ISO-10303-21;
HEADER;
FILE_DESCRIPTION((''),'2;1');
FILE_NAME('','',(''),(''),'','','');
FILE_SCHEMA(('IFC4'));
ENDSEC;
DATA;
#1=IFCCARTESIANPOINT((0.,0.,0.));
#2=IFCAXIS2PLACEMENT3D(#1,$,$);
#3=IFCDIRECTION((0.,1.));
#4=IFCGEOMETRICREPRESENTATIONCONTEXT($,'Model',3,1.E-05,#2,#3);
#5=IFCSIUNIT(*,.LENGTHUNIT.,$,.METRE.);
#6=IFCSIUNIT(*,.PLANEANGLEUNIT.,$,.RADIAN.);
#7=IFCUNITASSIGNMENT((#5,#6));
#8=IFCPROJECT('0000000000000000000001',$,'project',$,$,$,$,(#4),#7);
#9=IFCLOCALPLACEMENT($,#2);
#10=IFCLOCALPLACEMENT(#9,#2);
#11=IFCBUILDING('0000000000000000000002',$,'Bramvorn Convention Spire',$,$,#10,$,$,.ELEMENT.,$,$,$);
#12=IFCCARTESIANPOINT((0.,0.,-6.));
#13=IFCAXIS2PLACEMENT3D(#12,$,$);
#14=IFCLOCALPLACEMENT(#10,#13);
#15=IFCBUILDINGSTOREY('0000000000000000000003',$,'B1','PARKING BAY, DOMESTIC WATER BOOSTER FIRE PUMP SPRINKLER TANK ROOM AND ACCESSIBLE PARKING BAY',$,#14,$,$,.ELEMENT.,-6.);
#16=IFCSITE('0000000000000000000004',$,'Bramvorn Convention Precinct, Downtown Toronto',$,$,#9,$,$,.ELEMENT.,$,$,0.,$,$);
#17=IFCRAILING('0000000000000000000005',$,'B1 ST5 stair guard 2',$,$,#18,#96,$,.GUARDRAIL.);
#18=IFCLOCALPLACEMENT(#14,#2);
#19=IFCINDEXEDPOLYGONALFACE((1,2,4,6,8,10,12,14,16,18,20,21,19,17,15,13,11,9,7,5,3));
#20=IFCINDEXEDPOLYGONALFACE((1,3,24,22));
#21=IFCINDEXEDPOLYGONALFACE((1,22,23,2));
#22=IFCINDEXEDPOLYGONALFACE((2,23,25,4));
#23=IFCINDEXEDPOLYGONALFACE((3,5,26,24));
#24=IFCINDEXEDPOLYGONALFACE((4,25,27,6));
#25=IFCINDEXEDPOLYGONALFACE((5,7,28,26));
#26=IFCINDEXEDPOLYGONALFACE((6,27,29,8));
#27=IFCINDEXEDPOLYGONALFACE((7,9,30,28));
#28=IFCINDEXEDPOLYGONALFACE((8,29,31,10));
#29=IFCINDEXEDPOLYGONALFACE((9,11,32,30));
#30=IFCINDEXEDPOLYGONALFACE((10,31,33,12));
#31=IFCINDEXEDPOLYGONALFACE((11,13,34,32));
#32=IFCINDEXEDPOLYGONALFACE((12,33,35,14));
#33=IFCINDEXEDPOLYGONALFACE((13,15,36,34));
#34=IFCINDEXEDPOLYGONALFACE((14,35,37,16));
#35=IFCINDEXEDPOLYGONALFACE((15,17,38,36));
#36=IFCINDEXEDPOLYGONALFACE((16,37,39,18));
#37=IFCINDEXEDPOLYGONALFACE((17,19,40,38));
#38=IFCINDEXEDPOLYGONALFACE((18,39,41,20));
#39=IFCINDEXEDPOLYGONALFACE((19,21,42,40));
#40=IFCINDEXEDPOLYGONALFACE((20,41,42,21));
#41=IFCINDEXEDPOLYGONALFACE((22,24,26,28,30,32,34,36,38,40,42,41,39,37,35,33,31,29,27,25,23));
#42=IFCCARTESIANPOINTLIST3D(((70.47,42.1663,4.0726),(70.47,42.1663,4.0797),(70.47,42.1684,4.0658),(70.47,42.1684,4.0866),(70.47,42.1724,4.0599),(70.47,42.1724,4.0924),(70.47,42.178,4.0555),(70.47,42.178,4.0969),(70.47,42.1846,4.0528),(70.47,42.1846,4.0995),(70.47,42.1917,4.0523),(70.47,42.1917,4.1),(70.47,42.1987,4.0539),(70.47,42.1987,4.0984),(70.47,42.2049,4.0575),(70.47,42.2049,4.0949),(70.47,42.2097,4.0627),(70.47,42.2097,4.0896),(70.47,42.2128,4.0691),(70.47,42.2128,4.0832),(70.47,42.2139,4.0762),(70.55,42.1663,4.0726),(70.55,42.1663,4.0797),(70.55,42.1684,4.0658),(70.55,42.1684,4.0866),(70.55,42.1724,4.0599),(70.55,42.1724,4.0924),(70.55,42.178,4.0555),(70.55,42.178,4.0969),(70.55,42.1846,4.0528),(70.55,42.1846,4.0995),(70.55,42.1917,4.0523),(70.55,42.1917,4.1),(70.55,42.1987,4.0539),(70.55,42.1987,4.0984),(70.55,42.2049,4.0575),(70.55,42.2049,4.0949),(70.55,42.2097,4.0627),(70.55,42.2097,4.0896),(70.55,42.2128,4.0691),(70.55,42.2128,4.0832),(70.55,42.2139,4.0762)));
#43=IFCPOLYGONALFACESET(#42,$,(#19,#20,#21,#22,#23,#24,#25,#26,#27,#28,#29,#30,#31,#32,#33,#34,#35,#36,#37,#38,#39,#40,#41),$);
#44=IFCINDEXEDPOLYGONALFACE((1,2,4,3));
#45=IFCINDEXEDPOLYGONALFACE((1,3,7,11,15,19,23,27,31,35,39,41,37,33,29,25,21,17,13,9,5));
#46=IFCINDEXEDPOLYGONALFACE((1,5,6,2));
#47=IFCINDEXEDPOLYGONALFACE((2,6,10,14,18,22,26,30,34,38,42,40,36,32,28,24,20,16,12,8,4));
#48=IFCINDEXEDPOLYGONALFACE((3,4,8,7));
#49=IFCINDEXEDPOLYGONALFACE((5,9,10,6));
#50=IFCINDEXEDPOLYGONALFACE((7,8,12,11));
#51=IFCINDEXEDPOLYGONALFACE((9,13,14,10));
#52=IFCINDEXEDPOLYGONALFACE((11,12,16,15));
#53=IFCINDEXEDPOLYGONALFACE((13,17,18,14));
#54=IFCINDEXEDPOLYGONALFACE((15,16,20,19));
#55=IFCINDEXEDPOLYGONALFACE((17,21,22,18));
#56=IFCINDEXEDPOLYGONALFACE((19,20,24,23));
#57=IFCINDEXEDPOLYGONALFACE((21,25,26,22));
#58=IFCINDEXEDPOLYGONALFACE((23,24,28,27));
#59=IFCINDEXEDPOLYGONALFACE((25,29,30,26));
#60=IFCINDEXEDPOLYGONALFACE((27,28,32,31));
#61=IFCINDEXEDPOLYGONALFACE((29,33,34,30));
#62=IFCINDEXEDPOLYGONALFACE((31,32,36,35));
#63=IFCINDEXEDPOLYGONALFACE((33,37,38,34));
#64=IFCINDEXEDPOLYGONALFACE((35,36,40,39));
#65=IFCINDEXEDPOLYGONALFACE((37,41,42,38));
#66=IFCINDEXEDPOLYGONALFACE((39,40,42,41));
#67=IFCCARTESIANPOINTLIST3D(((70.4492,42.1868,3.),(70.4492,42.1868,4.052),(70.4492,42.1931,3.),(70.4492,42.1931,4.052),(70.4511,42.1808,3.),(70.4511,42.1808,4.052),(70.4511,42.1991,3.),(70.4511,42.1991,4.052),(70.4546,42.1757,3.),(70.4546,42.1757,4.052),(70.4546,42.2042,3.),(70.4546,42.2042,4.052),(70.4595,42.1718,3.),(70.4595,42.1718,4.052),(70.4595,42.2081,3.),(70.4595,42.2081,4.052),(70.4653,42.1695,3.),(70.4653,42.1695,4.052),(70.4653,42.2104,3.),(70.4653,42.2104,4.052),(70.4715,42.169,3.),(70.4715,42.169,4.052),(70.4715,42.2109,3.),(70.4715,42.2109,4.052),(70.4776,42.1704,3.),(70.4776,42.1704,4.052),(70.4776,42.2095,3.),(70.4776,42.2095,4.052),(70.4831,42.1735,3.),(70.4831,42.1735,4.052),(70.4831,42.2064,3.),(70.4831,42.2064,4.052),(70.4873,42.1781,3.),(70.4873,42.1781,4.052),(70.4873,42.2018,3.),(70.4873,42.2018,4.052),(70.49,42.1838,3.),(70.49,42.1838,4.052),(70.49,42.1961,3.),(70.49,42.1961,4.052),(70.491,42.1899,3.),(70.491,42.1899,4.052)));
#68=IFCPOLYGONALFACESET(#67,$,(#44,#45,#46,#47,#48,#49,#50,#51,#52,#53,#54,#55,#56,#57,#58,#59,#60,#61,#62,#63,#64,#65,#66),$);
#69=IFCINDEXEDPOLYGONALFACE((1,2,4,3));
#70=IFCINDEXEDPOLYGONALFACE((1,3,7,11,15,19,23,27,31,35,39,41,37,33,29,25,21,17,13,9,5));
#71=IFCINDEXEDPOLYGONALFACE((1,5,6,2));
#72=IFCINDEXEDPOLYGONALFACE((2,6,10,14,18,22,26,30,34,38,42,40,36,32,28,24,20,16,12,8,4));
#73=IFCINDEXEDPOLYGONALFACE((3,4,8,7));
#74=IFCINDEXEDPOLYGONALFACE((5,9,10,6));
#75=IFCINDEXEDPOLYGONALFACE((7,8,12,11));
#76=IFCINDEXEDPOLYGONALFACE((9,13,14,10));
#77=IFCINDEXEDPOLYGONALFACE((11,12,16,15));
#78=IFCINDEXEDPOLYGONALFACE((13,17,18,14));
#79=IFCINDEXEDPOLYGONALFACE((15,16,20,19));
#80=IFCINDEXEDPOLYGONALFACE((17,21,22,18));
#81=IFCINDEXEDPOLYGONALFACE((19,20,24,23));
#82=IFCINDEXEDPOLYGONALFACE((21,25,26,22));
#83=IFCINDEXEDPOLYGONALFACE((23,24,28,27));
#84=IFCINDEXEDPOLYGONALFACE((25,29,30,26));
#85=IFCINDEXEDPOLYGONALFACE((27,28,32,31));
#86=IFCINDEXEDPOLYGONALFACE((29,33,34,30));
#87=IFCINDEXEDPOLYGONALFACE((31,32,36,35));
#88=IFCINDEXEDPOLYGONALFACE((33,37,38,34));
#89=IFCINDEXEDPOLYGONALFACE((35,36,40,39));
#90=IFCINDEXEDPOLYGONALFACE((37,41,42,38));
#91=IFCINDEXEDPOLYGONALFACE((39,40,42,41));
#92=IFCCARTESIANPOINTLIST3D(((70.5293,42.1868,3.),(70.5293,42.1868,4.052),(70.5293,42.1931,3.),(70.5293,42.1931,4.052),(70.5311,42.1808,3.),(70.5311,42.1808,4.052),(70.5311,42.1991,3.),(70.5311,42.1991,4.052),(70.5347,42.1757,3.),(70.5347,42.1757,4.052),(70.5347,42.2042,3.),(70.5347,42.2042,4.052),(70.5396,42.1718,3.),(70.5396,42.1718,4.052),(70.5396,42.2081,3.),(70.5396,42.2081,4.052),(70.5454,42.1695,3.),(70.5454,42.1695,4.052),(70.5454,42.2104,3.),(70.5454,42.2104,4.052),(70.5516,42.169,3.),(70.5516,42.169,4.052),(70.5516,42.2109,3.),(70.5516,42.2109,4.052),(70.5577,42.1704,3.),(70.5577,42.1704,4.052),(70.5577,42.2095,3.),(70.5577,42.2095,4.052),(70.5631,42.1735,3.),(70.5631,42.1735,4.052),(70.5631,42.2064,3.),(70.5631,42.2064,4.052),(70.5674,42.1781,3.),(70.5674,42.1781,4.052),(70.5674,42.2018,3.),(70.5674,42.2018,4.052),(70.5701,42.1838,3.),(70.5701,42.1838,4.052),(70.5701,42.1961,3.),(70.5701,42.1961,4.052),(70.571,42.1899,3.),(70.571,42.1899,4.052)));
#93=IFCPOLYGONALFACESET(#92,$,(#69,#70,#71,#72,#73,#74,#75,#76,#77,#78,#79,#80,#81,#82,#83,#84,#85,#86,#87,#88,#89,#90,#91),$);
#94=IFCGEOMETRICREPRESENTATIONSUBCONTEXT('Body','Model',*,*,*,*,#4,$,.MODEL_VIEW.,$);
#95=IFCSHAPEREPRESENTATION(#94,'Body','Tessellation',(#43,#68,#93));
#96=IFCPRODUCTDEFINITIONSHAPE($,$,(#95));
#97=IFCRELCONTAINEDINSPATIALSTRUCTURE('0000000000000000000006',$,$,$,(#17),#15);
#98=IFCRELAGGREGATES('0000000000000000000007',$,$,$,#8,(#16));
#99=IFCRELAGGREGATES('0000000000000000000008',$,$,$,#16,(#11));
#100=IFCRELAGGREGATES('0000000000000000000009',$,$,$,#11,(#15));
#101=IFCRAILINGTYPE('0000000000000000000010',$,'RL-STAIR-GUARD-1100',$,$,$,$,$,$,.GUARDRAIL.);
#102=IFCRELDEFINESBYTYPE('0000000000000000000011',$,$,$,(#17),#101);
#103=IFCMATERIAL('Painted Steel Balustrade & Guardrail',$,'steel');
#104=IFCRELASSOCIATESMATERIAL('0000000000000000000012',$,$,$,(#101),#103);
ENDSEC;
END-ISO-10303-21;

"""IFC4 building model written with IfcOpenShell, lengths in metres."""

from ifc_helpers import new_model, si_unit, direction, frame, origin, origin_2d, place, context, subcontext, project, spatial, circle, extrude, material, type_object, element, save


model = new_model("IFC4")

# Units and contexts
model_context = context("Model", 3, precision=1e-05, world=origin(), true_north=direction((0.0, 1.0)))
body_context = subcontext(model_context, "Body", "Model", "MODEL_VIEW")
ifc_project = project(units=[si_unit("LENGTHUNIT", "METRE"), si_unit("PLANEANGLEUNIT", "RADIAN")], contexts=[model_context])

# Site, building, storey
site_placement = place(None, origin())
site = spatial("IfcSite", under=ifc_project, at=site_placement, Name="Bramvorn Convention Precinct, Downtown Toronto", CompositionType="ELEMENT", RefElevation=0.0)
building_placement = place(site_placement, origin())
building = spatial("IfcBuilding", under=site, at=building_placement, Name="Bramvorn Convention Spire", CompositionType="ELEMENT")
storey_placement = place(building_placement, frame((0.0, 0.0, -6.0)))
storey = spatial("IfcBuildingStorey", under=building, at=storey_placement, Name="B1", Description="PARKING BAY, DOMESTIC WATER BOOSTER FIRE PUMP SPRINKLER TANK ROOM AND ACCESSIBLE PARKING BAY", CompositionType="ELEMENT", Elevation=-6.0)

# Railing
ifc_material_1 = material(Name="Painted Steel Balustrade & Guardrail", Category="steel")
railing_type_1 = type_object("IfcRailingType", Name="RL-STAIR-GUARD-1100", PredefinedType="GUARDRAIL", material=ifc_material_1)
railing_1_placement = place(storey_placement, frame((70.47, 42.1899, 3.0)))
element("IfcRailing", 1, at=railing_1_placement, inside=storey, type_object=railing_type_1, Name="B1 ST5 stair guard 2", PredefinedType="GUARDRAIL", context=body_context, shape_type="SweptSolid", body=[
    extrude(circle(Radius=0.0239, at=origin_2d()), frame((0.0, 0.0, 1.0762), z_axis=(1.0, 0.0, 0.0), x_axis=(0.0, 1.0, 0.0)), (0.0, 0.0, 1.0), 0.0801),
    extrude(circle(Radius=0.021, at=origin_2d()), origin(), (0.0, 0.0, 1.0), 1.052),
    extrude(circle(Radius=0.021, at=origin_2d()), frame((0.0801, 0.0, 0.0)), (0.0, 0.0, 1.0), 1.052),
])

save(model, "model.ifc")
